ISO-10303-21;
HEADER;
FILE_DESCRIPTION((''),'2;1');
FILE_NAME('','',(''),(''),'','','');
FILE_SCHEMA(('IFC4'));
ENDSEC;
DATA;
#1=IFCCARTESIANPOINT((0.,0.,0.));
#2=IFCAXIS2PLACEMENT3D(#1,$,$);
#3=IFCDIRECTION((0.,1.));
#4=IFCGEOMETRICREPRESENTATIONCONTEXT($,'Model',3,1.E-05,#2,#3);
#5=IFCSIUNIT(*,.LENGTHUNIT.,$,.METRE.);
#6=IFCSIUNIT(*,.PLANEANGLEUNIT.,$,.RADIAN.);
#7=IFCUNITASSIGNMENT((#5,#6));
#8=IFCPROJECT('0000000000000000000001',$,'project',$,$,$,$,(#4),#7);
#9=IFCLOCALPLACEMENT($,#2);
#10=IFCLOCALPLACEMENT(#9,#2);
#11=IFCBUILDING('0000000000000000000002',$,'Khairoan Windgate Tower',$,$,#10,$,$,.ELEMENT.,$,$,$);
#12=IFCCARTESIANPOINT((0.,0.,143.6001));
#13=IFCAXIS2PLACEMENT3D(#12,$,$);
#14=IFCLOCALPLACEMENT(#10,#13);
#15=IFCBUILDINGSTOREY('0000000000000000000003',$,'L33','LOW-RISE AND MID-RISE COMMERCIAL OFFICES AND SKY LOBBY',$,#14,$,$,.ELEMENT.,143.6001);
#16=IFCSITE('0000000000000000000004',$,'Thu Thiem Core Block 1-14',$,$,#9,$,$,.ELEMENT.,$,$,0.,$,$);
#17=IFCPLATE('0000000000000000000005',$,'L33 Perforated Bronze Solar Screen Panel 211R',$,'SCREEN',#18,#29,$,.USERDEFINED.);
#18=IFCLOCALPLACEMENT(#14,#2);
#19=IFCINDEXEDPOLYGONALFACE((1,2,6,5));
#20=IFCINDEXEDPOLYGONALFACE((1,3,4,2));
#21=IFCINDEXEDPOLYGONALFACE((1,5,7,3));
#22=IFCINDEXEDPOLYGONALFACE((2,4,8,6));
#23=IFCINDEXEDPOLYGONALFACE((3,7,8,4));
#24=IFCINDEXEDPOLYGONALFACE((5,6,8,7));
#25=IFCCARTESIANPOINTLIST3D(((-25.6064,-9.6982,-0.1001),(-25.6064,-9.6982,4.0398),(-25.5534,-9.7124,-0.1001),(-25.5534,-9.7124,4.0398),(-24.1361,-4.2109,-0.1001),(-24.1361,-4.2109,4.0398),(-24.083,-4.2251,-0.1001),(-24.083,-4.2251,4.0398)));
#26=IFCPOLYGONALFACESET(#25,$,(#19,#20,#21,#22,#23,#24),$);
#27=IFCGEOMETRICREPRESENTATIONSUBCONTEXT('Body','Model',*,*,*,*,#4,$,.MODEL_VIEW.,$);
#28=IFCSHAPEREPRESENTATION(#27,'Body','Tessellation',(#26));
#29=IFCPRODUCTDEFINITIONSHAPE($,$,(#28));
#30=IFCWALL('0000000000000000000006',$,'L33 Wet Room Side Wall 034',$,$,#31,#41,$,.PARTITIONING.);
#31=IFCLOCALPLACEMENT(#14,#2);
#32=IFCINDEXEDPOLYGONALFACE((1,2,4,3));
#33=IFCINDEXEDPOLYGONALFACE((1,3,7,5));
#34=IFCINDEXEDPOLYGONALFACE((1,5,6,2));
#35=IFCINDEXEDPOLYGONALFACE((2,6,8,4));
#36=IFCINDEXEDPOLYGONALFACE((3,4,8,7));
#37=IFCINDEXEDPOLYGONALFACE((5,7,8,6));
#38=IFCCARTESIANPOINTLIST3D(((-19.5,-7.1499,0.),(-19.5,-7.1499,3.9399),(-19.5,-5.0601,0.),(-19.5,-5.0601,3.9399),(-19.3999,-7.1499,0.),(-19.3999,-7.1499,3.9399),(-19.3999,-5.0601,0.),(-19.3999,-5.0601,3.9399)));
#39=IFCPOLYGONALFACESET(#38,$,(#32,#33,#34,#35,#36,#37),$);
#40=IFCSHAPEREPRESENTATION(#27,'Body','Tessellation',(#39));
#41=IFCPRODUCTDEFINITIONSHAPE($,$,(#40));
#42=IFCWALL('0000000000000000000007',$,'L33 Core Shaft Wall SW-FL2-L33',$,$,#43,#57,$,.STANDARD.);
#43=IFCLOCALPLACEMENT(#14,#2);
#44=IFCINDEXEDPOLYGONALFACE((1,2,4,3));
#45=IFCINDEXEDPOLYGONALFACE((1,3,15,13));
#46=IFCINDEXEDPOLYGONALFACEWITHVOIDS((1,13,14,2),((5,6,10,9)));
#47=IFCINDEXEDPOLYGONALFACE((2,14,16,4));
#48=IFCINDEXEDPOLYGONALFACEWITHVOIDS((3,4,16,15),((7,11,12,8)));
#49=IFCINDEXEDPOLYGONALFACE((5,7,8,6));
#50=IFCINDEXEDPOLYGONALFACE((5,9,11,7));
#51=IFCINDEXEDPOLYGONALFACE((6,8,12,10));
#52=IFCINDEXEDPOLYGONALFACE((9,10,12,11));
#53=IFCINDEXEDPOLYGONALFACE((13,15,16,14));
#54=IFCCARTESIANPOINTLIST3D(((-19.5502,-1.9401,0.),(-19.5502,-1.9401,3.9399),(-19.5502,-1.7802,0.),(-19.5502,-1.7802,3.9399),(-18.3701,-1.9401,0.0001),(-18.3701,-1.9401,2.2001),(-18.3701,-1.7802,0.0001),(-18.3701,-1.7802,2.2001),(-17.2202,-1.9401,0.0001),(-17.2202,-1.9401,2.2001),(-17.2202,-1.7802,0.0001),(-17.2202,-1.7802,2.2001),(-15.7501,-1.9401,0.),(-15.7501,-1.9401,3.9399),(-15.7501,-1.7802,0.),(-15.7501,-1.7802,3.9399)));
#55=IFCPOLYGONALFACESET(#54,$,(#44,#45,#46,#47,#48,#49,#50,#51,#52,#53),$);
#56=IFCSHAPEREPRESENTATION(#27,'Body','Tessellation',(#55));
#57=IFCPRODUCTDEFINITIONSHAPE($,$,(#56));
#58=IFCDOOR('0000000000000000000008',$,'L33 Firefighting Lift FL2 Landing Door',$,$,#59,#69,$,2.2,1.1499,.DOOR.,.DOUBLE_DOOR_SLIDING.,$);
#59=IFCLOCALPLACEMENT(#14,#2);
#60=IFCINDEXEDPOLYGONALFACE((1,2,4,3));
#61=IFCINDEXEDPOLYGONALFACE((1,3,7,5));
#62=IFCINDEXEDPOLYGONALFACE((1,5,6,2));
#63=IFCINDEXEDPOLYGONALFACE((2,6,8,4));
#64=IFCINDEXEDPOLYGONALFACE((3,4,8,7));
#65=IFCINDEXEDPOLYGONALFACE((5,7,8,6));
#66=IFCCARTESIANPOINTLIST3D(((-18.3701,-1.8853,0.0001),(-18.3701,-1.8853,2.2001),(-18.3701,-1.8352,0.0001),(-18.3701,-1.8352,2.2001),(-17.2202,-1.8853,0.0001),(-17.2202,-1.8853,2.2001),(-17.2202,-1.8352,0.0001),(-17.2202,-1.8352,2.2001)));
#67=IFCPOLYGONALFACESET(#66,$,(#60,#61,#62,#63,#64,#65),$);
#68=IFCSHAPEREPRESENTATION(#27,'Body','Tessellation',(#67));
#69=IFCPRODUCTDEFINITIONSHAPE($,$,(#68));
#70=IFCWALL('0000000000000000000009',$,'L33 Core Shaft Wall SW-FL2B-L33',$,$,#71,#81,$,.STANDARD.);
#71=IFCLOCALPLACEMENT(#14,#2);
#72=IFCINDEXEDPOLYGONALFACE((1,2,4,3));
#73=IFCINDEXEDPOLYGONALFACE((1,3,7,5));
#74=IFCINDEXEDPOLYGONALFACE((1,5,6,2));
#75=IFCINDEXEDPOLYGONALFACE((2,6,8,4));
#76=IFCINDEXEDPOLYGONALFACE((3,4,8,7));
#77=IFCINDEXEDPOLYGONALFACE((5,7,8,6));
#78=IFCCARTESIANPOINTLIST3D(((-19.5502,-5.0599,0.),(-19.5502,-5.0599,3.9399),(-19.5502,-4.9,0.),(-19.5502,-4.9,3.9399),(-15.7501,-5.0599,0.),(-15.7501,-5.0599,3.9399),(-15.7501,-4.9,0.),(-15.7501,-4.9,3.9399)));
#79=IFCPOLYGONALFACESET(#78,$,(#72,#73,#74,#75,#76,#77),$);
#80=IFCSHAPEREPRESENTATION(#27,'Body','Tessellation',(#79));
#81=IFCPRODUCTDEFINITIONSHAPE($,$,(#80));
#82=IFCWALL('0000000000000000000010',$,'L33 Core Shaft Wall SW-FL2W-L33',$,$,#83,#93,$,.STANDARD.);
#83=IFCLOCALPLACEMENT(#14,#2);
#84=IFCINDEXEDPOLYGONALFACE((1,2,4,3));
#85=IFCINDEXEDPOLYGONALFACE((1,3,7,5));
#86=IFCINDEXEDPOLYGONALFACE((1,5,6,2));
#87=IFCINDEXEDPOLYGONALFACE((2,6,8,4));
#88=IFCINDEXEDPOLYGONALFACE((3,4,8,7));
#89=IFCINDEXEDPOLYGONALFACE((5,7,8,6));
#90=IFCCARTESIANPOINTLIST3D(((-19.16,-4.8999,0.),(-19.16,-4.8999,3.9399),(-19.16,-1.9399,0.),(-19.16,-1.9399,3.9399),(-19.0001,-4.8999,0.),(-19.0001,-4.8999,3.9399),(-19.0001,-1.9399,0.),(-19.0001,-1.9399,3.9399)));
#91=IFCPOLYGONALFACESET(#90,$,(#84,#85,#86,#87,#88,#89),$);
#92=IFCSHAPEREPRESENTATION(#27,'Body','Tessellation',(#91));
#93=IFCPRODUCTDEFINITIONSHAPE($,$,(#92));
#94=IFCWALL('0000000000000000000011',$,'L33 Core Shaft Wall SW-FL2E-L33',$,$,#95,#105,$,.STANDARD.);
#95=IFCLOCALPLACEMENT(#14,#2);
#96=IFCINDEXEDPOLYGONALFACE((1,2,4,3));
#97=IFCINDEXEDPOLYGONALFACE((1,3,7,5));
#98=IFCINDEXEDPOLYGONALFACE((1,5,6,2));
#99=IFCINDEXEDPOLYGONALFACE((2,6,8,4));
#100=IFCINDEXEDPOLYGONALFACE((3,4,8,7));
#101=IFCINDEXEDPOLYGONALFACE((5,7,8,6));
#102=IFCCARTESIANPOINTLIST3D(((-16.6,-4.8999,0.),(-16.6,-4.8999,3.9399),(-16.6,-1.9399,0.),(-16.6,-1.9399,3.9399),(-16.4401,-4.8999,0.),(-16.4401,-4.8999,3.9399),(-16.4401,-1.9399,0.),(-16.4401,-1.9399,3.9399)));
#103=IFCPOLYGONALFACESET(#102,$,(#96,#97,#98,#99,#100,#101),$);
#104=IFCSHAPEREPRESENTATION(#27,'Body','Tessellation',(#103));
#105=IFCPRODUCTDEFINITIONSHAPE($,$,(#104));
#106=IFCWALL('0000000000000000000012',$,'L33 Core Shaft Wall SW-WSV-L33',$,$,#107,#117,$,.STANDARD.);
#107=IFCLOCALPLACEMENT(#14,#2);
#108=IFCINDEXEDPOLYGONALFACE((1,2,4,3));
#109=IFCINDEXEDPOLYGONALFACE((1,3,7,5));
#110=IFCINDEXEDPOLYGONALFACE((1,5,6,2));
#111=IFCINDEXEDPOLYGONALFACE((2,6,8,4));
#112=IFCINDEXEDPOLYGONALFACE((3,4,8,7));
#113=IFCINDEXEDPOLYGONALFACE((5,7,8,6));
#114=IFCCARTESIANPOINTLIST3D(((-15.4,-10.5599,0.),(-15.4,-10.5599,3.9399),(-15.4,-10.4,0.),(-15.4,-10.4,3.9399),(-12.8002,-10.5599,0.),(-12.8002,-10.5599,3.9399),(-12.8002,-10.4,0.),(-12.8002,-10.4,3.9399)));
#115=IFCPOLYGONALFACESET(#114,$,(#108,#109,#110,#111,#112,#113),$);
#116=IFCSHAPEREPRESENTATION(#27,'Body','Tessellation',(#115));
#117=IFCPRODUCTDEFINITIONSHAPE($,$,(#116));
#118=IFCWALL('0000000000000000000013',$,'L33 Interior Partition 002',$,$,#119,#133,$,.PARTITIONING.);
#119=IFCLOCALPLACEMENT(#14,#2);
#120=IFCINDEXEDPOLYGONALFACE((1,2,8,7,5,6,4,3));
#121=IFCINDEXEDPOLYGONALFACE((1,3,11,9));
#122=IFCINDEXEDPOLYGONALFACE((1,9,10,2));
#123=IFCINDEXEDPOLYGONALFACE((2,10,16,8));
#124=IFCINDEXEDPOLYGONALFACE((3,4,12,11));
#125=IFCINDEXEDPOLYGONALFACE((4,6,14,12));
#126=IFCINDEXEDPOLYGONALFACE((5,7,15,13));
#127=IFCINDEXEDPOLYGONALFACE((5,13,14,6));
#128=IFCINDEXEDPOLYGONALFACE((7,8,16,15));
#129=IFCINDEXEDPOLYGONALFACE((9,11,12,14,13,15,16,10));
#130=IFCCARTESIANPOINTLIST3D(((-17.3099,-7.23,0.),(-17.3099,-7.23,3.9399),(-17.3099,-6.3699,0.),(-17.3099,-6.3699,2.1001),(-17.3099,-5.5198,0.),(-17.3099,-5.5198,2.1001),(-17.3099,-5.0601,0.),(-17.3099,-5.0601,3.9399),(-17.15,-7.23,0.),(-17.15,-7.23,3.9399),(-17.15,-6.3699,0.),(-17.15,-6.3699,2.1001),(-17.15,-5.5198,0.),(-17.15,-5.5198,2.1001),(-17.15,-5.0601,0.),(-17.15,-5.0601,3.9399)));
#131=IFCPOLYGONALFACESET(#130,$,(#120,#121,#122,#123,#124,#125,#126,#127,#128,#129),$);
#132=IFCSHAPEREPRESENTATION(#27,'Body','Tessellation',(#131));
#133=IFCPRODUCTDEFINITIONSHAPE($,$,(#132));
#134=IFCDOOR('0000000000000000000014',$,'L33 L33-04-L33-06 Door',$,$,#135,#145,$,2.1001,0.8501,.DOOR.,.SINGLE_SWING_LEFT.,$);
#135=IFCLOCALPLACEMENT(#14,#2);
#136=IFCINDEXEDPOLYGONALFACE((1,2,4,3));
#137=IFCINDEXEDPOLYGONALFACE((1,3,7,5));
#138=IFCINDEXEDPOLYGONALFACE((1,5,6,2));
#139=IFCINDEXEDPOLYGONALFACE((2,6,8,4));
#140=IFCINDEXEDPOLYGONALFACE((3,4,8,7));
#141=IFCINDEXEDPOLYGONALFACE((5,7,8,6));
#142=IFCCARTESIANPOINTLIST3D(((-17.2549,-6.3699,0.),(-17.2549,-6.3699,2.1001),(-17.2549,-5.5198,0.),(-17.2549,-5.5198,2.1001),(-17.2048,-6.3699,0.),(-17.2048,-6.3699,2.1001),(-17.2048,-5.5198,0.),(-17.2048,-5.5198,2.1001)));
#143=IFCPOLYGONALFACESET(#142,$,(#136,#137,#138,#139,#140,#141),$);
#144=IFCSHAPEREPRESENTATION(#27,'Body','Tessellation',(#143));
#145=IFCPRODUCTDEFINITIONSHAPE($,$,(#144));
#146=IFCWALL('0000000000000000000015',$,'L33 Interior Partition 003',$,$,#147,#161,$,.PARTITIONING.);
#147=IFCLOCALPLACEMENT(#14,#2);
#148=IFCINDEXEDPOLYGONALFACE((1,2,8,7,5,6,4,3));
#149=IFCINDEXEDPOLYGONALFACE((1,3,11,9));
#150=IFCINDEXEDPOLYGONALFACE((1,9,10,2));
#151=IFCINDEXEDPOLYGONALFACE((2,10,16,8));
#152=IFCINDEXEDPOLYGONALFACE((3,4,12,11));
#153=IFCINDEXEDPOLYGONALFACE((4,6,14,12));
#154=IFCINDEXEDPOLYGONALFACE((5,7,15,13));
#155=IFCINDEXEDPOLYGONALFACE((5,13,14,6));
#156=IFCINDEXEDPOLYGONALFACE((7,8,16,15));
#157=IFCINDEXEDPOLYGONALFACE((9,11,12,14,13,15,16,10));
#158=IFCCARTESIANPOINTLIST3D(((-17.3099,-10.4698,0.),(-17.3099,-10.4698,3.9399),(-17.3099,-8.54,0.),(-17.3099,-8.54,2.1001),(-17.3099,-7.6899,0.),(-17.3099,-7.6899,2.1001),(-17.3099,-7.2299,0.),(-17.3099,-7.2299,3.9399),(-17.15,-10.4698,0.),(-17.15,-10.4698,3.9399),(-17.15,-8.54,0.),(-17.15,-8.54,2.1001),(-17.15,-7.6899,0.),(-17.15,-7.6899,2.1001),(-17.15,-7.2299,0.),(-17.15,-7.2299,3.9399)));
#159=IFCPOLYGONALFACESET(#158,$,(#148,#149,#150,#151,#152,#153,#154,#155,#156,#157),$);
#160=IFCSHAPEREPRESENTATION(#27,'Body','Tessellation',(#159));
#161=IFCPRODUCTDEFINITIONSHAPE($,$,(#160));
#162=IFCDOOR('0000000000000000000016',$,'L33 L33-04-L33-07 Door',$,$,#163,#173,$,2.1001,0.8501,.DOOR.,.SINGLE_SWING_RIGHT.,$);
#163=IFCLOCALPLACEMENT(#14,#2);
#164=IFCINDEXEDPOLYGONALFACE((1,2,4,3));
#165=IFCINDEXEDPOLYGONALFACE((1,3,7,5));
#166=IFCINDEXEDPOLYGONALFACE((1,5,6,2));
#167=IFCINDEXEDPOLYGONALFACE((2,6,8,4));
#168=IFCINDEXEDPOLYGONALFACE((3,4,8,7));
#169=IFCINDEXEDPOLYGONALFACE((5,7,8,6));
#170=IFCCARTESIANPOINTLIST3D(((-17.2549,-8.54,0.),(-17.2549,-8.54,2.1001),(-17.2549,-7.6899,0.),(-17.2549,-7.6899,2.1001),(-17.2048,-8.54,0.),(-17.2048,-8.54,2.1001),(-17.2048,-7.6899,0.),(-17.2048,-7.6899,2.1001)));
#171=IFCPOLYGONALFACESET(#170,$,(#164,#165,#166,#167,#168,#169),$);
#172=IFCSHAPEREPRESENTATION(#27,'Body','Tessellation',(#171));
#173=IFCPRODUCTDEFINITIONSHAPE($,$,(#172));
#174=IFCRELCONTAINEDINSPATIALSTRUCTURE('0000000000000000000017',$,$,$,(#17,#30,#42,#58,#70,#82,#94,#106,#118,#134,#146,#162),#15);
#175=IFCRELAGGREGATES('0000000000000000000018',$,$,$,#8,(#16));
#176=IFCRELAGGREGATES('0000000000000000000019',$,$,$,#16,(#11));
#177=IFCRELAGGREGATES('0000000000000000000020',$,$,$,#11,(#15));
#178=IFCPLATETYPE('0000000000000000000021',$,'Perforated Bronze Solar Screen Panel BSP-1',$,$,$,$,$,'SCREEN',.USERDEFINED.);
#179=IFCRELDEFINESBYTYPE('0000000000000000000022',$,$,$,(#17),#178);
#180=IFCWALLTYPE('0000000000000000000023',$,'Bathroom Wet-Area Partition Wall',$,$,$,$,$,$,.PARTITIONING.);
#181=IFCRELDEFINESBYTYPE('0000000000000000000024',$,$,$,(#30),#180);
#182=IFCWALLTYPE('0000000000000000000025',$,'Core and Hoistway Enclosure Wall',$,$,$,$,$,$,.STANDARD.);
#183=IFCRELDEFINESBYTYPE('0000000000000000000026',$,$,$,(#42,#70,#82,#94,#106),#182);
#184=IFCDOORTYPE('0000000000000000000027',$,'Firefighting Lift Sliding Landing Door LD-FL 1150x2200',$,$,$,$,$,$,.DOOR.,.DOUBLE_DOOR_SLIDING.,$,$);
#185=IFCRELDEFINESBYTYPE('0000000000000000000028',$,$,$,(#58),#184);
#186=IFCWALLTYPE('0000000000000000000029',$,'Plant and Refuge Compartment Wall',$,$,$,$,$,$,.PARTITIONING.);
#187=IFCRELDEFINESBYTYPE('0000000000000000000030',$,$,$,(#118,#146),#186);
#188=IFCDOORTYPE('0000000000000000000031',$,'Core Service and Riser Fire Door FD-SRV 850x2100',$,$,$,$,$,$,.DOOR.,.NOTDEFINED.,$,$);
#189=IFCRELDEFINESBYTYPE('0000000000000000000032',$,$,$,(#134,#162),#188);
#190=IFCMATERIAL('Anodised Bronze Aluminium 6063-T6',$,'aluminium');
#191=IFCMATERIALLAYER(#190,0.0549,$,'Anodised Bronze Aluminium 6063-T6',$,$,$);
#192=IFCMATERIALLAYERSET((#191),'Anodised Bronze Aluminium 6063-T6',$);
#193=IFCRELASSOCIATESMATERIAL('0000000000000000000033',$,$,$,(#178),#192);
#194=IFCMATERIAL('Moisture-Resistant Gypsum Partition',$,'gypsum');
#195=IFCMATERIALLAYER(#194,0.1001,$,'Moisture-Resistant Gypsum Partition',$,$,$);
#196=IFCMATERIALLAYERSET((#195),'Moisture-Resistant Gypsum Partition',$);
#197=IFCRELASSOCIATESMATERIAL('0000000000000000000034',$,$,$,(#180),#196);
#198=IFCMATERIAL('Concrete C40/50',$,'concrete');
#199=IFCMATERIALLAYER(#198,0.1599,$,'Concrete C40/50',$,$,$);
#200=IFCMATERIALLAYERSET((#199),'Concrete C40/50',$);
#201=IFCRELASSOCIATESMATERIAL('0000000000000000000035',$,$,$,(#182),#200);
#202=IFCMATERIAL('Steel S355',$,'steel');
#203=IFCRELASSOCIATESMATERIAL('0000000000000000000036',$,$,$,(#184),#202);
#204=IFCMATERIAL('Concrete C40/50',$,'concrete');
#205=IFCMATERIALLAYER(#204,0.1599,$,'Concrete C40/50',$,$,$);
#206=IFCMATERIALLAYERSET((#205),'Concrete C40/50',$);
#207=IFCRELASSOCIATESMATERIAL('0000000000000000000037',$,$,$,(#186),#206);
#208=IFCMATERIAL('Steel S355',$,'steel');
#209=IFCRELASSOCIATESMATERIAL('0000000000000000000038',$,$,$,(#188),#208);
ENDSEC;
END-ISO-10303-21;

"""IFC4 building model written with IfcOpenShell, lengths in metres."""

from ifc_helpers import new_model, si_unit, direction, frame, frame_2d, origin, origin_2d, place, context, subcontext, project, spatial, rectangle, extrude, material, layer, layer_set, type_object, element, fill, save


model = new_model("IFC4")

# Units and contexts
model_context = context("Model", 3, precision=1e-05, world=origin(), true_north=direction((0.0, 1.0)))
body_context = subcontext(model_context, "Body", "Model", "MODEL_VIEW")
ifc_project = project(units=[si_unit("LENGTHUNIT", "METRE"), si_unit("PLANEANGLEUNIT", "RADIAN")], contexts=[model_context])

# Site, building, storey
site_placement = place(None, origin())
site = spatial("IfcSite", under=ifc_project, at=site_placement, Name="Thu Thiem Core Block 1-14", CompositionType="ELEMENT", RefElevation=0.0)
building_placement = place(site_placement, origin())
building = spatial("IfcBuilding", under=site, at=building_placement, Name="Khairoan Windgate Tower", CompositionType="ELEMENT")
storey_placement = place(building_placement, frame((0.0, 0.0, 143.6001)))
storey = spatial("IfcBuildingStorey", under=building, at=storey_placement, Name="L33", Description="LOW-RISE AND MID-RISE COMMERCIAL OFFICES AND SKY LOBBY", CompositionType="ELEMENT", Elevation=143.6001)

# Plate
ifc_material_1 = material(Name="Anodised Bronze Aluminium 6063-T6", Category="aluminium")
ifc_layer_1 = layer(ifc_material_1, 0.0549, Name="Anodised Bronze Aluminium 6063-T6")
ifc_layer_set_1 = layer_set([ifc_layer_1], Name="Anodised Bronze Aluminium 6063-T6")
plate_type_1 = type_object("IfcPlateType", Name="Perforated Bronze Solar Screen Panel BSP-1", ElementType="SCREEN", PredefinedType="USERDEFINED", material=ifc_layer_set_1)
plate_1_placement = place(storey_placement, frame((-24.8447, -6.9617, -0.1001), z_axis=(0.0, 0.0, 1.0), x_axis=(0.258819, 0.965926, 0.0)))
element("IfcPlate", 1, at=plate_1_placement, inside=storey, type_object=plate_type_1, Name="L33 Perforated Bronze Solar Screen Panel 211R", ObjectType="SCREEN", PredefinedType="USERDEFINED", context=body_context, shape_type="SweptSolid", body=[
    extrude(rectangle(XDim=5.6809, YDim=0.0549, at=origin_2d()), origin(), (0.0, 0.0, 1.0), 4.1399),
])

# Wall
ifc_material_2 = material(Name="Moisture-Resistant Gypsum Partition", Category="gypsum")
ifc_layer_2 = layer(ifc_material_2, 0.1001, Name="Moisture-Resistant Gypsum Partition")
ifc_layer_set_2 = layer_set([ifc_layer_2], Name="Moisture-Resistant Gypsum Partition")
wall_type_1 = type_object("IfcWallType", Name="Bathroom Wet-Area Partition Wall", PredefinedType="PARTITIONING", material=ifc_layer_set_2)
wall_1_placement = place(storey_placement, frame((-19.45, -7.1499, 0.0), z_axis=(0.0, 0.0, 1.0), x_axis=(0.0, 1.0, 0.0)))
element("IfcWall", 2, at=wall_1_placement, inside=storey, type_object=wall_type_1, Name="L33 Wet Room Side Wall 034", PredefinedType="PARTITIONING", context=body_context, shape_type="SweptSolid", body=[
    extrude(rectangle(XDim=2.0898, YDim=0.1001, at=frame_2d((1.0449, 0.0))), origin(), (0.0, 0.0, 1.0), 3.9399),
])

# Wall, opening, door
ifc_material_3 = material(Name="Concrete C40/50", Category="concrete")
ifc_layer_3 = layer(ifc_material_3, 0.1599, Name="Concrete C40/50")
ifc_layer_set_3 = layer_set([ifc_layer_3], Name="Concrete C40/50")
wall_type_2 = type_object("IfcWallType", Name="Core and Hoistway Enclosure Wall", PredefinedType="STANDARD", material=ifc_layer_set_3)
wall_2_placement = place(storey_placement, frame((-19.55, -1.8601, 0.0), z_axis=(0.0, 0.0, 1.0), x_axis=(1.0, 0.0, 0.0)))
wall_2 = element("IfcWall", 3, at=wall_2_placement, inside=storey, type_object=wall_type_2, Name="L33 Core Shaft Wall SW-FL2-L33", PredefinedType="STANDARD", context=body_context, shape_type="SweptSolid", body=[
    extrude(rectangle(XDim=3.8, YDim=0.1599, at=frame_2d((1.8999, 0.0))), origin(), (0.0, 0.0, 1.0), 3.9399),
])
opening_1_placement = place(wall_2_placement, frame((1.1799, 0.0, 0.0)))
opening_1 = element("IfcOpeningElement", 4, at=opening_1_placement, cuts=wall_2, PredefinedType="OPENING", context=body_context, shape_type="SweptSolid", body=[
    extrude(rectangle(XDim=1.1499, YDim=2.2, at=frame_2d((0.575, 1.1001))), frame((0.0, 0.0898, 0.0), z_axis=(0.0, -1.0, 0.0), x_axis=(1.0, 0.0, 0.0)), (0.0, 0.0, 1.0), 0.1799),
])
ifc_material_4 = material(Name="Steel S355", Category="steel")
door_type_1 = type_object("IfcDoorType", Name="Firefighting Lift Sliding Landing Door LD-FL 1150x2200", OperationType="DOUBLE_DOOR_SLIDING", PredefinedType="DOOR", material=ifc_material_4)
door_1_placement = place(opening_1_placement, origin())
door_1 = element("IfcDoor", 5, at=door_1_placement, inside=storey, type_object=door_type_1, Name="L33 Firefighting Lift FL2 Landing Door", OperationType="DOUBLE_DOOR_SLIDING", OverallHeight=2.2, OverallWidth=1.1499, PredefinedType="DOOR", context=body_context, shape_type="SweptSolid", body=[
    extrude(rectangle(XDim=1.1499, YDim=2.2, at=frame_2d((0.575, 1.1001))), frame((0.0, 0.0249, 0.0), z_axis=(0.0, -1.0, 0.0), x_axis=(1.0, 0.0, 0.0)), (0.0, 0.0, 1.0), 0.05),
])
fill(opening_1, door_1)

# Walls
wall_3_placement = place(storey_placement, frame((-19.55, -4.98, 0.0), z_axis=(0.0, 0.0, 1.0), x_axis=(1.0, 0.0, 0.0)))
element("IfcWall", 6, at=wall_3_placement, inside=storey, type_object=wall_type_2, Name="L33 Core Shaft Wall SW-FL2B-L33", PredefinedType="STANDARD", context=body_context, shape_type="SweptSolid", body=[
    extrude(rectangle(XDim=3.8, YDim=0.1599, at=frame_2d((1.8999, 0.0))), origin(), (0.0, 0.0, 1.0), 3.9399),
])
for number, where, z_axis, x_axis, name in (
    (7, (-19.0801, -4.8999, 0.0), (0.0, 0.0, 1.0), (0.0, 1.0, 0.0), "L33 Core Shaft Wall SW-FL2W-L33"),
    (8, (-16.52, -4.8999, 0.0), (0.0, 0.0, 1.0), (0.0, 1.0, 0.0), "L33 Core Shaft Wall SW-FL2E-L33"),
):
    element("IfcWall", number, at=place(storey_placement, frame(where, z_axis=z_axis, x_axis=x_axis)), inside=storey, type_object=wall_type_2, Name=name, PredefinedType="STANDARD", context=body_context, shape_type="SweptSolid", body=[
        extrude(rectangle(XDim=2.96, YDim=0.1599, at=frame_2d((1.48, 0.0))), origin(), (0.0, 0.0, 1.0), 3.9399),
    ])
wall_4_placement = place(storey_placement, frame((-15.3999, -10.48, 0.0), z_axis=(0.0, 0.0, 1.0), x_axis=(1.0, 0.0, 0.0)))
element("IfcWall", 9, at=wall_4_placement, inside=storey, type_object=wall_type_2, Name="L33 Core Shaft Wall SW-WSV-L33", PredefinedType="STANDARD", context=body_context, shape_type="SweptSolid", body=[
    extrude(rectangle(XDim=2.5999, YDim=0.1599, at=frame_2d((1.2998, 0.0))), origin(), (0.0, 0.0, 1.0), 3.9399),
])

# Walls, openings, doors
ifc_material_5 = material(Name="Concrete C40/50", Category="concrete")
ifc_layer_4 = layer(ifc_material_5, 0.1599, Name="Concrete C40/50")
ifc_layer_set_4 = layer_set([ifc_layer_4], Name="Concrete C40/50")
wall_type_3 = type_object("IfcWallType", Name="Plant and Refuge Compartment Wall", PredefinedType="PARTITIONING", material=ifc_layer_set_4)
wall_5_placement = place(storey_placement, frame((-17.23, -7.23, 0.0), z_axis=(0.0, 0.0, 1.0), x_axis=(0.0, 1.0, 0.0)))
wall_5 = element("IfcWall", 10, at=wall_5_placement, inside=storey, type_object=wall_type_3, Name="L33 Interior Partition 002", PredefinedType="PARTITIONING", context=body_context, shape_type="SweptSolid", body=[
    extrude(rectangle(XDim=2.1699, YDim=0.1599, at=frame_2d((1.085, 0.0))), origin(), (0.0, 0.0, 1.0), 3.9399),
])
opening_2_placement = place(wall_5_placement, frame((0.8601, 0.0, 0.0)))
opening_2 = element("IfcOpeningElement", 11, at=opening_2_placement, cuts=wall_5, PredefinedType="OPENING", context=body_context, shape_type="SweptSolid", body=[
    extrude(rectangle(XDim=0.8501, YDim=2.1001, at=frame_2d((0.425, 1.05))), frame((0.0, 0.0898, 0.0), z_axis=(0.0, -1.0, 0.0), x_axis=(1.0, 0.0, 0.0)), (0.0, 0.0, 1.0), 0.1799),
])
ifc_material_6 = material(Name="Steel S355", Category="steel")
door_type_2 = type_object("IfcDoorType", Name="Core Service and Riser Fire Door FD-SRV 850x2100", OperationType="NOTDEFINED", PredefinedType="DOOR", material=ifc_material_6)
door_2_placement = place(opening_2_placement, origin())
door_2 = element("IfcDoor", 12, at=door_2_placement, inside=storey, type_object=door_type_2, Name="L33 L33-04-L33-06 Door", OperationType="SINGLE_SWING_LEFT", OverallHeight=2.1001, OverallWidth=0.8501, PredefinedType="DOOR", context=body_context, shape_type="SweptSolid", body=[
    extrude(rectangle(XDim=0.8501, YDim=2.1001, at=frame_2d((0.425, 1.05))), frame((0.0, 0.0249, 0.0), z_axis=(0.0, -1.0, 0.0), x_axis=(1.0, 0.0, 0.0)), (0.0, 0.0, 1.0), 0.05),
])
fill(opening_2, door_2)
wall_6_placement = place(storey_placement, frame((-17.23, -10.47, 0.0), z_axis=(0.0, 0.0, 1.0), x_axis=(0.0, 1.0, 0.0)))
wall_6 = element("IfcWall", 13, at=wall_6_placement, inside=storey, type_object=wall_type_3, Name="L33 Interior Partition 003", PredefinedType="PARTITIONING", context=body_context, shape_type="SweptSolid", body=[
    extrude(rectangle(XDim=3.24, YDim=0.1599, at=frame_2d((1.6201, 0.0))), origin(), (0.0, 0.0, 1.0), 3.9399),
])
opening_3_placement = place(wall_6_placement, frame((1.9299, 0.0, 0.0)))
opening_3 = element("IfcOpeningElement", 14, at=opening_3_placement, cuts=wall_6, PredefinedType="OPENING", context=body_context, shape_type="SweptSolid", body=[
    extrude(rectangle(XDim=0.8501, YDim=2.1001, at=frame_2d((0.425, 1.05))), frame((0.0, 0.0898, 0.0), z_axis=(0.0, -1.0, 0.0), x_axis=(1.0, 0.0, 0.0)), (0.0, 0.0, 1.0), 0.1799),
])
door_3_placement = place(opening_3_placement, origin())
door_3 = element("IfcDoor", 15, at=door_3_placement, inside=storey, type_object=door_type_2, Name="L33 L33-04-L33-07 Door", OperationType="SINGLE_SWING_RIGHT", OverallHeight=2.1001, OverallWidth=0.8501, PredefinedType="DOOR", context=body_context, shape_type="SweptSolid", body=[
    extrude(rectangle(XDim=0.8501, YDim=2.1001, at=frame_2d((0.425, 1.05))), frame((0.0, 0.0249, 0.0), z_axis=(0.0, -1.0, 0.0), x_axis=(1.0, 0.0, 0.0)), (0.0, 0.0, 1.0), 0.05),
])
fill(opening_3, door_3)

save(model, "model.ifc")
